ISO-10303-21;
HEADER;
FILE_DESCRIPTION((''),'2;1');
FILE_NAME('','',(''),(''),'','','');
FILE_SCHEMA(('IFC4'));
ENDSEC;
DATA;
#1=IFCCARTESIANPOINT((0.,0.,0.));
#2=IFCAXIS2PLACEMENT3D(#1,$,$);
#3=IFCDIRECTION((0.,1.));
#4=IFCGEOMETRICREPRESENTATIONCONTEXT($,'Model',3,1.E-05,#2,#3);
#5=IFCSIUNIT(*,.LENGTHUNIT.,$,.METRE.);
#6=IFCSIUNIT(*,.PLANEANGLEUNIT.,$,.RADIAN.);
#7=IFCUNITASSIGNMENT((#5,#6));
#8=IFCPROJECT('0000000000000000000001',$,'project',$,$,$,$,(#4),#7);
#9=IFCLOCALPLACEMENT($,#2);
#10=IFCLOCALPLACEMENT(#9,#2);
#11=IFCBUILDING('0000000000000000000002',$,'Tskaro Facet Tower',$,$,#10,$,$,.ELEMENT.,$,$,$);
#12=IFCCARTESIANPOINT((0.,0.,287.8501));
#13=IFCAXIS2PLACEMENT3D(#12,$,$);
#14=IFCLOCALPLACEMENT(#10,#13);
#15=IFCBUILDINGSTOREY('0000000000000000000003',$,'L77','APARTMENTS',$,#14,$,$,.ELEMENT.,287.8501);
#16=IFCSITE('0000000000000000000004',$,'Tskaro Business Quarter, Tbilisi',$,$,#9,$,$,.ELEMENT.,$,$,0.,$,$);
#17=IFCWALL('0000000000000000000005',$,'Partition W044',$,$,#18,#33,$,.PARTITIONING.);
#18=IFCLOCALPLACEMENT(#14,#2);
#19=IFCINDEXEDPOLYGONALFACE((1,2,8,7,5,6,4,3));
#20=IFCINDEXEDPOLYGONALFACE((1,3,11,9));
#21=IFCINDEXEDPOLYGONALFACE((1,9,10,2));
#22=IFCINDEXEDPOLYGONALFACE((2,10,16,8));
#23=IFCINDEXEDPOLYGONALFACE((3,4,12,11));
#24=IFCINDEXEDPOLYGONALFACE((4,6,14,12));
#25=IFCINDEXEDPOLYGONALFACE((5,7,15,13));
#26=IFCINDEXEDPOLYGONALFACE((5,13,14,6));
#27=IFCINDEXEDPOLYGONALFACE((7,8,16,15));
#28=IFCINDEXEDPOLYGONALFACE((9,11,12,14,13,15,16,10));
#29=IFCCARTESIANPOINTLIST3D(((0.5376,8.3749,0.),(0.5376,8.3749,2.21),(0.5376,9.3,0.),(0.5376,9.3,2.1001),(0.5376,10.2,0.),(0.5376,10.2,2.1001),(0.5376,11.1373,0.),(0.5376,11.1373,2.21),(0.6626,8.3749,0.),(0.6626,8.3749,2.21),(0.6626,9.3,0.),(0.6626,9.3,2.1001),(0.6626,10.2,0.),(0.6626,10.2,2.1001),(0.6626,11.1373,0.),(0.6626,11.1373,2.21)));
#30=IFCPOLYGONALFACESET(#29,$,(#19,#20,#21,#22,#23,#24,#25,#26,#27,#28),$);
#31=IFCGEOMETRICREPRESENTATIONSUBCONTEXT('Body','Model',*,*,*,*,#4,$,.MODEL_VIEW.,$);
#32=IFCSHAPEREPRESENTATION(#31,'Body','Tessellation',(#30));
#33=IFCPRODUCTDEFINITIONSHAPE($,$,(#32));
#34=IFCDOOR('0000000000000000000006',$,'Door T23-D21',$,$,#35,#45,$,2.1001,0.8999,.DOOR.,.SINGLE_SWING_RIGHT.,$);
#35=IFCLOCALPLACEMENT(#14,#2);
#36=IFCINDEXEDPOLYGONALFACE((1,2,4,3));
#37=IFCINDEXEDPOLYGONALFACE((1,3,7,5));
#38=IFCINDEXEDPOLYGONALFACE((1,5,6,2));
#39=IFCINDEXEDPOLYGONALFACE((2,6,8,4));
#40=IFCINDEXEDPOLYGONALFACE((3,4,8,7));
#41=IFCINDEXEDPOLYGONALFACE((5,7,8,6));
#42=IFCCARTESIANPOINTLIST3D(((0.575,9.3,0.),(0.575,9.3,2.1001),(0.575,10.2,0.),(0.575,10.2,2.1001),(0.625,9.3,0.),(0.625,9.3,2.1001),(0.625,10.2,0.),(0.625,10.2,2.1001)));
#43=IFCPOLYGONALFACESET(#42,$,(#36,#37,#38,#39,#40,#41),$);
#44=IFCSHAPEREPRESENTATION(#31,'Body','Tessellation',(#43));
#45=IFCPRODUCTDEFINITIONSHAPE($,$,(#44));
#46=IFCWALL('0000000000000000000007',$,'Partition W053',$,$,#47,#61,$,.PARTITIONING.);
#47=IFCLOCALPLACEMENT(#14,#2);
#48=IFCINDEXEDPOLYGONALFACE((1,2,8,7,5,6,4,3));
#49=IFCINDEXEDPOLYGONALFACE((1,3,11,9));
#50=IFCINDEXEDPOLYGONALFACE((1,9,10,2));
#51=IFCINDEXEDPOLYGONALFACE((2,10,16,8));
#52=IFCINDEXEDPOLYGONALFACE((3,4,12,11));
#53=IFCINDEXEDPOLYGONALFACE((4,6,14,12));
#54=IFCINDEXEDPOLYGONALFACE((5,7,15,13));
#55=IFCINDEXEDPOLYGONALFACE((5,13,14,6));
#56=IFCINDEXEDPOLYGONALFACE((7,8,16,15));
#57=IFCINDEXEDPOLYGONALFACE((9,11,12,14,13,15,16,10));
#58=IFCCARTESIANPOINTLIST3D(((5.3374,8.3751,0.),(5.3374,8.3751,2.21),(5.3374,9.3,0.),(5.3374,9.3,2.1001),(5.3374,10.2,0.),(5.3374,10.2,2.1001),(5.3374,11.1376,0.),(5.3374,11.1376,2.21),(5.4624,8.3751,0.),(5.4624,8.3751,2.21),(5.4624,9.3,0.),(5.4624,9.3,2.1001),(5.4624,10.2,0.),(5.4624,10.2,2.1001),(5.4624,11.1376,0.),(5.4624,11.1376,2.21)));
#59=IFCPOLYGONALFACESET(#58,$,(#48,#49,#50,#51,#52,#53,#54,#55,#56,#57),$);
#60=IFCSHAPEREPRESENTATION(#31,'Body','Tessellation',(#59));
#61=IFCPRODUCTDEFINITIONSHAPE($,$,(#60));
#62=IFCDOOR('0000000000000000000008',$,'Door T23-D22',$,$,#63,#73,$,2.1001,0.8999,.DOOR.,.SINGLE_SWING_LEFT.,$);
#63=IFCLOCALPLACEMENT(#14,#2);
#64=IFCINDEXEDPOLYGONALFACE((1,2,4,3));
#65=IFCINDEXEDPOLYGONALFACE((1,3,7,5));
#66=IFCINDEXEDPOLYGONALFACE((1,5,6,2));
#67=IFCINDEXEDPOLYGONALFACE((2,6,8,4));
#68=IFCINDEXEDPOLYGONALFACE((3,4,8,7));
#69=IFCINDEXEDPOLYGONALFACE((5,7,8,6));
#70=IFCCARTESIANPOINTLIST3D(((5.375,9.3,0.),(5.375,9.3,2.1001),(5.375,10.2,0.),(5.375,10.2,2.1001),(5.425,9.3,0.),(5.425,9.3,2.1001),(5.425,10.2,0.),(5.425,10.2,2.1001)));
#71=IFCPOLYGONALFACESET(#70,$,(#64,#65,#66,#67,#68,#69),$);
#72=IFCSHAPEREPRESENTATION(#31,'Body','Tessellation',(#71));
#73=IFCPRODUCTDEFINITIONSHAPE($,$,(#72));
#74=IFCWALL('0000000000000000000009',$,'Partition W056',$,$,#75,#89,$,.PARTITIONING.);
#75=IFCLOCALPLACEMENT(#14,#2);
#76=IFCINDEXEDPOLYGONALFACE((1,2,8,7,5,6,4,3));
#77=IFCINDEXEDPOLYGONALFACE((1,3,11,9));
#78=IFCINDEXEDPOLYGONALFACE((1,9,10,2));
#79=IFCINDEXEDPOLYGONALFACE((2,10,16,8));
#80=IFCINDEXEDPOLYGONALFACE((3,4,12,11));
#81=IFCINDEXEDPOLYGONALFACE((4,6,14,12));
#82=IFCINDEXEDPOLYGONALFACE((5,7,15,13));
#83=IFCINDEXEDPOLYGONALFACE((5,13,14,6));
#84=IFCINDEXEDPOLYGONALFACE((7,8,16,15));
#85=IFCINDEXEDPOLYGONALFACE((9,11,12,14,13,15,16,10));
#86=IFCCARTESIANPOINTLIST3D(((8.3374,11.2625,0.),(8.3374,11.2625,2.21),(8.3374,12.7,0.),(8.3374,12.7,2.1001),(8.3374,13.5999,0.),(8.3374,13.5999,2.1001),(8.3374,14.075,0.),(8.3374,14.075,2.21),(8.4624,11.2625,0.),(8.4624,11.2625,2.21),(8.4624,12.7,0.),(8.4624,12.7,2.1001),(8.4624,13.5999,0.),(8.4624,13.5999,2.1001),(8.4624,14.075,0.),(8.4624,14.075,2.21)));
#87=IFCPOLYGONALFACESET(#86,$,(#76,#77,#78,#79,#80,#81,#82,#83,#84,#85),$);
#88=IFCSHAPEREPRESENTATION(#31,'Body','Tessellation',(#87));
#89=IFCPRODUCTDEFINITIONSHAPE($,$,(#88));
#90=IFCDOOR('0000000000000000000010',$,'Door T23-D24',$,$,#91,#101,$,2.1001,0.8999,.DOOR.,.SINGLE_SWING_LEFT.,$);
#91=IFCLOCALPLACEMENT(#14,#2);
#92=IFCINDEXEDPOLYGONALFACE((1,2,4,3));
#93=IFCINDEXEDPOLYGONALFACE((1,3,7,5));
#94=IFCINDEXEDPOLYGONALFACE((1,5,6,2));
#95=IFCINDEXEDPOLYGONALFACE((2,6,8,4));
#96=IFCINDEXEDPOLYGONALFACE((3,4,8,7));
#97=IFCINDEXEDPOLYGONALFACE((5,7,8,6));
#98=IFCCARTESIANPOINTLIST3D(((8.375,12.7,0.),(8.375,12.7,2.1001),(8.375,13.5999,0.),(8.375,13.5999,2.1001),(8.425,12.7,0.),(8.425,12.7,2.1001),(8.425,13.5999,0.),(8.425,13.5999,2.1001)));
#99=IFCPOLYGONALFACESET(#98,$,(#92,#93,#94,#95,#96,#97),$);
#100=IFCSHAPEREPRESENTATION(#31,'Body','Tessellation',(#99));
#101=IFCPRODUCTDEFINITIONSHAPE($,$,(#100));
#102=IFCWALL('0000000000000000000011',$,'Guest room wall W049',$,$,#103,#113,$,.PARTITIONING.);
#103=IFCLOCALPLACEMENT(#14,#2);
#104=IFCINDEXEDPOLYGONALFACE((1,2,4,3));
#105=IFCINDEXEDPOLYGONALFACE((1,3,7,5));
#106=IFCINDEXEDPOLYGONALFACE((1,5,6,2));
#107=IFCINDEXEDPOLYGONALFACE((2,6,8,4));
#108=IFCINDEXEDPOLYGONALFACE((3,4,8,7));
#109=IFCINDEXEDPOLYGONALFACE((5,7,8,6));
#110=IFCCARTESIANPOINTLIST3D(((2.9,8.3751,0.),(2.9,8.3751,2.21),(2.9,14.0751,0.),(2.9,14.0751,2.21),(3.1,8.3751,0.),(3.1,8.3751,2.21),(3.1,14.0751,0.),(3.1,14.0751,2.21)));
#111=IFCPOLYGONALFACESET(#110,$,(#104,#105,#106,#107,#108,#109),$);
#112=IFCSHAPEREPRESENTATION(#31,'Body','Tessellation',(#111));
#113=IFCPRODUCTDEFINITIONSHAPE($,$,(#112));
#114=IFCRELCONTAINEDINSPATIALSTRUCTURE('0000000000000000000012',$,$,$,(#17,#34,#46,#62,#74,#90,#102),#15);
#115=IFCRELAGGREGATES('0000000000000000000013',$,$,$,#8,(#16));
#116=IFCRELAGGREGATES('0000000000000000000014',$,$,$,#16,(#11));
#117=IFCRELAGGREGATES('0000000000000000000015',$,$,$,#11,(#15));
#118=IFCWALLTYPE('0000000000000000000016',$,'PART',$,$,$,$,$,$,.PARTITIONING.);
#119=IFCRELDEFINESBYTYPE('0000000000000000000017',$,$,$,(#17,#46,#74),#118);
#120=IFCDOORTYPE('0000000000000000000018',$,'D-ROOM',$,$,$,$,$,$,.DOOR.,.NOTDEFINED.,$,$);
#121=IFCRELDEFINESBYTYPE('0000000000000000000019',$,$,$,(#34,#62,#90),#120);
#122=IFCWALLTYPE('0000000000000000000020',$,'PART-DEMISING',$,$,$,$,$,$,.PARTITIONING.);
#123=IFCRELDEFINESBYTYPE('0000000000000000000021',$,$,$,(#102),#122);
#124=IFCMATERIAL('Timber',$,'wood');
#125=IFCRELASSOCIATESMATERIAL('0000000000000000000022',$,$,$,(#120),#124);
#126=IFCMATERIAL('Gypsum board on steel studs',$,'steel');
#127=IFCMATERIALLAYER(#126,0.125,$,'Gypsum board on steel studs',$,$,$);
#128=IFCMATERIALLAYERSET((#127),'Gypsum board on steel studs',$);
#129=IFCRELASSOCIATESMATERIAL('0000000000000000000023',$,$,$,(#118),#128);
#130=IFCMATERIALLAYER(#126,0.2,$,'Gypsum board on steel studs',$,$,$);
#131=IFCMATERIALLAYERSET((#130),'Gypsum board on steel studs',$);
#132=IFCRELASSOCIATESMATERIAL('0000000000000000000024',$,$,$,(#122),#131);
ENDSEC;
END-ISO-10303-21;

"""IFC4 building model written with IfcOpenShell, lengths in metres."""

from ifc_helpers import new_model, si_unit, direction, frame, frame_2d, origin, place, context, subcontext, project, spatial, rectangle, extrude, material, layer, layer_set, type_object, element, fill, save


model = new_model("IFC4")

# Units and contexts
model_context = context("Model", 3, precision=1e-05, world=origin(), true_north=direction((0.0, 1.0)))
body_context = subcontext(model_context, "Body", "Model", "MODEL_VIEW")
ifc_project = project(units=[si_unit("LENGTHUNIT", "METRE"), si_unit("PLANEANGLEUNIT", "RADIAN")], contexts=[model_context])

# Site, building, storey
site_placement = place(None, origin())
site = spatial("IfcSite", under=ifc_project, at=site_placement, Name="Tskaro Business Quarter, Tbilisi", CompositionType="ELEMENT", RefElevation=0.0)
building_placement = place(site_placement, origin())
building = spatial("IfcBuilding", under=site, at=building_placement, Name="Tskaro Facet Tower", CompositionType="ELEMENT")
storey_placement = place(building_placement, frame((0.0, 0.0, 287.8501)))
storey = spatial("IfcBuildingStorey", under=building, at=storey_placement, Name="L77", Description="APARTMENTS", CompositionType="ELEMENT", Elevation=287.8501)

# Shared definitions
ifc_material_1 = material(Name="Timber", Category="wood")
door_type_1 = type_object("IfcDoorType", Name="D-ROOM", OperationType="NOTDEFINED", PredefinedType="DOOR", material=ifc_material_1)

# Walls, openings, doors
ifc_material_2 = material(Name="Gypsum board on steel studs", Category="steel")
ifc_layer_1 = layer(ifc_material_2, 0.125, Name="Gypsum board on steel studs")
ifc_layer_set_1 = layer_set([ifc_layer_1], Name="Gypsum board on steel studs")
wall_type_1 = type_object("IfcWallType", Name="PART", PredefinedType="PARTITIONING", material=ifc_layer_set_1)
wall_1_placement = place(storey_placement, frame((0.6001, 11.1375, 0.0), z_axis=(0.0, 0.0, 1.0), x_axis=(0.0, -1.0, 0.0)))
wall_1 = element("IfcWall", 1, at=wall_1_placement, inside=storey, type_object=wall_type_1, Name="Partition W044", PredefinedType="PARTITIONING", context=body_context, shape_type="SweptSolid", body=[
    extrude(rectangle(XDim=2.7625, YDim=0.125, at=frame_2d((1.3813, 0.0))), origin(), (0.0, 0.0, 1.0), 2.21),
])
opening_1_placement = place(wall_1_placement, frame((0.9375, 0.0, 0.0)))
opening_1 = element("IfcOpeningElement", 2, at=opening_1_placement, cuts=wall_1, PredefinedType="OPENING", context=body_context, shape_type="SweptSolid", body=[
    extrude(rectangle(XDim=0.8999, YDim=2.1001, at=frame_2d((0.45, 1.05))), frame((0.0, 0.0725, 0.0), z_axis=(0.0, -1.0, 0.0), x_axis=(1.0, 0.0, 0.0)), (0.0, 0.0, 1.0), 0.145),
])
door_1_placement = place(opening_1_placement, origin())
door_1 = element("IfcDoor", 3, at=door_1_placement, inside=storey, type_object=door_type_1, Name="Door T23-D21", OperationType="SINGLE_SWING_RIGHT", OverallHeight=2.1001, OverallWidth=0.8999, PredefinedType="DOOR", context=body_context, shape_type="SweptSolid", body=[
    extrude(rectangle(XDim=0.8999, YDim=2.1001, at=frame_2d((0.45, 1.05))), frame((0.0, 0.0249, 0.0), z_axis=(0.0, -1.0, 0.0), x_axis=(1.0, 0.0, 0.0)), (0.0, 0.0, 1.0), 0.05),
])
fill(opening_1, door_1)
wall_2_placement = place(storey_placement, frame((5.3999, 8.375, 0.0), z_axis=(0.0, 0.0, 1.0), x_axis=(0.0, 1.0, 0.0)))
wall_2 = element("IfcWall", 4, at=wall_2_placement, inside=storey, type_object=wall_type_1, Name="Partition W053", PredefinedType="PARTITIONING", context=body_context, shape_type="SweptSolid", body=[
    extrude(rectangle(XDim=2.7625, YDim=0.125, at=frame_2d((1.3813, 0.0))), origin(), (0.0, 0.0, 1.0), 2.21),
])
opening_2_placement = place(wall_2_placement, frame((0.925, 0.0, 0.0)))
opening_2 = element("IfcOpeningElement", 5, at=opening_2_placement, cuts=wall_2, PredefinedType="OPENING", context=body_context, shape_type="SweptSolid", body=[
    extrude(rectangle(XDim=0.8999, YDim=2.1001, at=frame_2d((0.45, 1.05))), frame((0.0, 0.0725, 0.0), z_axis=(0.0, -1.0, 0.0), x_axis=(1.0, 0.0, 0.0)), (0.0, 0.0, 1.0), 0.145),
])
door_2_placement = place(opening_2_placement, origin())
door_2 = element("IfcDoor", 6, at=door_2_placement, inside=storey, type_object=door_type_1, Name="Door T23-D22", OperationType="SINGLE_SWING_LEFT", OverallHeight=2.1001, OverallWidth=0.8999, PredefinedType="DOOR", context=body_context, shape_type="SweptSolid", body=[
    extrude(rectangle(XDim=0.8999, YDim=2.1001, at=frame_2d((0.45, 1.05))), frame((0.0, 0.0249, 0.0), z_axis=(0.0, -1.0, 0.0), x_axis=(1.0, 0.0, 0.0)), (0.0, 0.0, 1.0), 0.05),
])
fill(opening_2, door_2)
wall_3_placement = place(storey_placement, frame((8.3999, 11.2625, 0.0), z_axis=(0.0, 0.0, 1.0), x_axis=(0.0, 1.0, 0.0)))
wall_3 = element("IfcWall", 7, at=wall_3_placement, inside=storey, type_object=wall_type_1, Name="Partition W056", PredefinedType="PARTITIONING", context=body_context, shape_type="SweptSolid", body=[
    extrude(rectangle(XDim=2.8125, YDim=0.125, at=frame_2d((1.4062, 0.0))), origin(), (0.0, 0.0, 1.0), 2.21),
])
opening_3_placement = place(wall_3_placement, frame((1.4375, 0.0, 0.0)))
opening_3 = element("IfcOpeningElement", 8, at=opening_3_placement, cuts=wall_3, PredefinedType="OPENING", context=body_context, shape_type="SweptSolid", body=[
    extrude(rectangle(XDim=0.8999, YDim=2.1001, at=frame_2d((0.45, 1.05))), frame((0.0, 0.0725, 0.0), z_axis=(0.0, -1.0, 0.0), x_axis=(1.0, 0.0, 0.0)), (0.0, 0.0, 1.0), 0.145),
])
door_3_placement = place(opening_3_placement, origin())
door_3 = element("IfcDoor", 9, at=door_3_placement, inside=storey, type_object=door_type_1, Name="Door T23-D24", OperationType="SINGLE_SWING_LEFT", OverallHeight=2.1001, OverallWidth=0.8999, PredefinedType="DOOR", context=body_context, shape_type="SweptSolid", body=[
    extrude(rectangle(XDim=0.8999, YDim=2.1001, at=frame_2d((0.45, 1.05))), frame((0.0, 0.0249, 0.0), z_axis=(0.0, -1.0, 0.0), x_axis=(1.0, 0.0, 0.0)), (0.0, 0.0, 1.0), 0.05),
])
fill(opening_3, door_3)

# Wall
ifc_layer_2 = layer(ifc_material_2, 0.2, Name="Gypsum board on steel studs")
ifc_layer_set_2 = layer_set([ifc_layer_2], Name="Gypsum board on steel studs")
wall_type_2 = type_object("IfcWallType", Name="PART-DEMISING", PredefinedType="PARTITIONING", material=ifc_layer_set_2)
wall_4_placement = place(storey_placement, frame((3.0, 8.375, 0.0), z_axis=(0.0, 0.0, 1.0), x_axis=(0.0, 1.0, 0.0)))
element("IfcWall", 10, at=wall_4_placement, inside=storey, type_object=wall_type_2, Name="Guest room wall W049", PredefinedType="PARTITIONING", context=body_context, shape_type="SweptSolid", body=[
    extrude(rectangle(XDim=5.7, YDim=0.2, at=frame_2d((2.8501, 0.0))), origin(), (0.0, 0.0, 1.0), 2.21),
])

save(model, "model.ifc")
